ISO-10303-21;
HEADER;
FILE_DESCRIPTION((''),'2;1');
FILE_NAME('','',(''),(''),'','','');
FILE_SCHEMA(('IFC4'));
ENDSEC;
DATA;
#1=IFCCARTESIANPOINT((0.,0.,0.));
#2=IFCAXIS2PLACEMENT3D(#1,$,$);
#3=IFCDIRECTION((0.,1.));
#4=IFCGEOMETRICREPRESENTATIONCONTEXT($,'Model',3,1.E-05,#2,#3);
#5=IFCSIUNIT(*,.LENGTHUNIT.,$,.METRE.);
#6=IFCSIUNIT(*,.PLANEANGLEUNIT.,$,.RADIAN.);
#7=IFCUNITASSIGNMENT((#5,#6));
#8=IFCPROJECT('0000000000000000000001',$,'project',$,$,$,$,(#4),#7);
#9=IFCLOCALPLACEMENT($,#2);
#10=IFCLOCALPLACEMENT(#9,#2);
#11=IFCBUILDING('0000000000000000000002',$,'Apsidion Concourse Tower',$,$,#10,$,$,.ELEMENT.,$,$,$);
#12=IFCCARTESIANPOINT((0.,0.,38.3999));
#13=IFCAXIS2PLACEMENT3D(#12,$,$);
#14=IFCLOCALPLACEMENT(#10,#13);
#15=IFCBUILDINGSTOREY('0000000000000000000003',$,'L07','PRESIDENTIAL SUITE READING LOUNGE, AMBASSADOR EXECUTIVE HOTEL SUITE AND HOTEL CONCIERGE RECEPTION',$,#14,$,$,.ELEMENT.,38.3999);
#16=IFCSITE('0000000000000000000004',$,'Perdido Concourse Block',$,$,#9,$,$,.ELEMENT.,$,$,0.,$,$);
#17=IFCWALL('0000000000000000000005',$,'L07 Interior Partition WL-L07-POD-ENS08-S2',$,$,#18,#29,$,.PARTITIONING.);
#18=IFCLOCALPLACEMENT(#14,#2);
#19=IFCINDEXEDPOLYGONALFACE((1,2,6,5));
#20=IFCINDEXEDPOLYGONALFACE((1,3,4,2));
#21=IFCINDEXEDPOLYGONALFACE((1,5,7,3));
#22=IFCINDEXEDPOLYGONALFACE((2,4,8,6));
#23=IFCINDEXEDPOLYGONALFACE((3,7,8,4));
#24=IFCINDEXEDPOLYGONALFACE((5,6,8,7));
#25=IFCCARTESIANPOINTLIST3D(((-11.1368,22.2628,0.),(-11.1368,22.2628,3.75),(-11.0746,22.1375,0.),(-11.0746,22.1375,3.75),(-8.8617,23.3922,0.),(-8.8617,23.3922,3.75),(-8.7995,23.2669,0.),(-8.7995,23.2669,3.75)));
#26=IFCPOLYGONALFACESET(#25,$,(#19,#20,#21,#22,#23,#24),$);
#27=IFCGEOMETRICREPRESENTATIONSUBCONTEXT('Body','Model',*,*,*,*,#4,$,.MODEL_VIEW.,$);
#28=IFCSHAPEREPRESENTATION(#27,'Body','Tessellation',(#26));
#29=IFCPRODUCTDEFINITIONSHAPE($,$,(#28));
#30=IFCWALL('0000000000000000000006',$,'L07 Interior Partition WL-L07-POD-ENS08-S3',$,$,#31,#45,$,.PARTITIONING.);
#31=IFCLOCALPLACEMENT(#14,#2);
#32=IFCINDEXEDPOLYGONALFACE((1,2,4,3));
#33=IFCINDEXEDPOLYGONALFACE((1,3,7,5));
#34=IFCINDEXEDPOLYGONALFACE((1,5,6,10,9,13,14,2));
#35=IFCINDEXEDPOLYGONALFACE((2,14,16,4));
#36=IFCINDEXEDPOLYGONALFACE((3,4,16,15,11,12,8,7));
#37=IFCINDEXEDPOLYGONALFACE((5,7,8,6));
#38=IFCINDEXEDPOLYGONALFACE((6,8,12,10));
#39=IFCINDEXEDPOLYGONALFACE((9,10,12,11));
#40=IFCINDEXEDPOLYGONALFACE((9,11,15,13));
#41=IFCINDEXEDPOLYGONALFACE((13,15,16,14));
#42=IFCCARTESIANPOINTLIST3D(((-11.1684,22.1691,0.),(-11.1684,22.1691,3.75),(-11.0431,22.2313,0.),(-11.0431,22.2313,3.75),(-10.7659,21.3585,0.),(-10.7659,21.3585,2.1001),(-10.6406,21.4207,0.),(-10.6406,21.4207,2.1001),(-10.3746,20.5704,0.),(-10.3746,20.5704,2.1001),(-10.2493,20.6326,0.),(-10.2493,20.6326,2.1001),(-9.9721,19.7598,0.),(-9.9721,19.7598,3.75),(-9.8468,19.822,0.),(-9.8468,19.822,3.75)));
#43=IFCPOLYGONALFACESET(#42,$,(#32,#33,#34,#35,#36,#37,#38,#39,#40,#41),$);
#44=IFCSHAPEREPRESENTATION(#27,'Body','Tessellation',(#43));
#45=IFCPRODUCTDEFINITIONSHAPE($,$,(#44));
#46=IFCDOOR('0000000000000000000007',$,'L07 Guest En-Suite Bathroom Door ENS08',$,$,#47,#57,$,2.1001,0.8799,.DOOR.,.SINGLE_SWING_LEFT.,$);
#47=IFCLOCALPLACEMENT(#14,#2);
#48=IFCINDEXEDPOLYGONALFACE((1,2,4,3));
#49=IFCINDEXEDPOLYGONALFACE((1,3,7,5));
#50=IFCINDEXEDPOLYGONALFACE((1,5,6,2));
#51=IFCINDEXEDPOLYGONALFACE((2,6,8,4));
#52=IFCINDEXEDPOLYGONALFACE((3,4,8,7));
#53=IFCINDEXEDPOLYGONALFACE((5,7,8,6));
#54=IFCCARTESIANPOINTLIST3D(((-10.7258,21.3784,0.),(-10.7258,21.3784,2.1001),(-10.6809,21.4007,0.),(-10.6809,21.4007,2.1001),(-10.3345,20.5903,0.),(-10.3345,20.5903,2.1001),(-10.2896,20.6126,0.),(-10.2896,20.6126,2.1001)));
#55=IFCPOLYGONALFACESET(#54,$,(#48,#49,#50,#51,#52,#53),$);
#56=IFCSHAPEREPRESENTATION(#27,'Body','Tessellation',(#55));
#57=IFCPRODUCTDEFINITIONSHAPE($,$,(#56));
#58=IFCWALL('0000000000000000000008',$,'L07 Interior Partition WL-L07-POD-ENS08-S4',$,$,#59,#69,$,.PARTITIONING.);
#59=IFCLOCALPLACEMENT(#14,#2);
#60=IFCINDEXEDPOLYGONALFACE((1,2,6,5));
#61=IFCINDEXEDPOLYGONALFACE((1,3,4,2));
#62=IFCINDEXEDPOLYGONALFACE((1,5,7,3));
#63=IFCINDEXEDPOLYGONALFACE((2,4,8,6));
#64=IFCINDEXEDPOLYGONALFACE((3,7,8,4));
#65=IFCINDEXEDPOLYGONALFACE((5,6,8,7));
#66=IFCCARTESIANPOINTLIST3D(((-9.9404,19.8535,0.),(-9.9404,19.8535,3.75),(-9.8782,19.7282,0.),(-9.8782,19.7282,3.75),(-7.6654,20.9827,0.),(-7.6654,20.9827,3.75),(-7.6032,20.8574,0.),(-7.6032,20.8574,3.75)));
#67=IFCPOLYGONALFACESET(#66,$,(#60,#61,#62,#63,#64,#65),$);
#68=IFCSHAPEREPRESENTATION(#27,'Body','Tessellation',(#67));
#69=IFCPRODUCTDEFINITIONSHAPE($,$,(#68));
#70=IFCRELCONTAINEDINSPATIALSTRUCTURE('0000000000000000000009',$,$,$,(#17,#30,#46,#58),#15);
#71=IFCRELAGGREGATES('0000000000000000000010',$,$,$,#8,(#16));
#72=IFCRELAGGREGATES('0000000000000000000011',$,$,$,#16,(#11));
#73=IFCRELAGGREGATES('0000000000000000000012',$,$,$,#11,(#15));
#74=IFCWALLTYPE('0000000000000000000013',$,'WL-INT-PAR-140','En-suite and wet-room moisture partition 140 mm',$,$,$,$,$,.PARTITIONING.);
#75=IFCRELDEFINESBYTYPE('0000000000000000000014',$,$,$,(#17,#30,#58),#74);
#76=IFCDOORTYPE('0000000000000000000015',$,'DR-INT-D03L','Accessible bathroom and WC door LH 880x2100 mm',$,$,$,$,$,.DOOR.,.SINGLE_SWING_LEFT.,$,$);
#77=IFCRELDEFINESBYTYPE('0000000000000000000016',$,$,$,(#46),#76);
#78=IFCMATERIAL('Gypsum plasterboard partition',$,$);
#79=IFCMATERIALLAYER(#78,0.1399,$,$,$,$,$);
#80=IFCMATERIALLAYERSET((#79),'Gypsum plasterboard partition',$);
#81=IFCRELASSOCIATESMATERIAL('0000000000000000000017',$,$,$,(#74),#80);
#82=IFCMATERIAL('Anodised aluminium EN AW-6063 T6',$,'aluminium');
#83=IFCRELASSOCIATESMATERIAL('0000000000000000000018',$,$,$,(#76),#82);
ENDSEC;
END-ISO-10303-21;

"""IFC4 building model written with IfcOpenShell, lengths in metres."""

from ifc_helpers import new_model, si_unit, direction, frame, frame_2d, origin, place, context, subcontext, project, spatial, rectangle, extrude, material, layer, layer_set, type_object, element, fill, save


model = new_model("IFC4")

# Units and contexts
model_context = context("Model", 3, precision=1e-05, world=origin(), true_north=direction((0.0, 1.0)))
body_context = subcontext(model_context, "Body", "Model", "MODEL_VIEW")
ifc_project = project(units=[si_unit("LENGTHUNIT", "METRE"), si_unit("PLANEANGLEUNIT", "RADIAN")], contexts=[model_context])

# Site, building, storey
site_placement = place(None, origin())
site = spatial("IfcSite", under=ifc_project, at=site_placement, Name="Perdido Concourse Block", CompositionType="ELEMENT", RefElevation=0.0)
building_placement = place(site_placement, origin())
building = spatial("IfcBuilding", under=site, at=building_placement, Name="Apsidion Concourse Tower", CompositionType="ELEMENT")
storey_placement = place(building_placement, frame((0.0, 0.0, 38.3999)))
storey = spatial("IfcBuildingStorey", under=building, at=storey_placement, Name="L07", Description="PRESIDENTIAL SUITE READING LOUNGE, AMBASSADOR EXECUTIVE HOTEL SUITE AND HOTEL CONCIERGE RECEPTION", CompositionType="ELEMENT", Elevation=38.3999)

# Shared definitions
ifc_material_1 = material(Name="Gypsum plasterboard partition")
ifc_layer_1 = layer(ifc_material_1, 0.1399)
ifc_layer_set_1 = layer_set([ifc_layer_1], Name="Gypsum plasterboard partition")
wall_type_1 = type_object("IfcWallType", Name="WL-INT-PAR-140", Description="En-suite and wet-room moisture partition 140 mm", PredefinedType="PARTITIONING", material=ifc_layer_set_1)
ifc_material_2 = material(Name="Anodised aluminium EN AW-6063 T6", Category="aluminium")

# Wall
wall_1_placement = place(storey_placement, frame((-8.8306, 23.3296, 0.0), z_axis=(0.0, 0.0, 1.0), x_axis=(-0.895711, -0.444636, 0.0)))
element("IfcWall", 1, at=wall_1_placement, inside=storey, type_object=wall_type_1, Name="L07 Interior Partition WL-L07-POD-ENS08-S2", PredefinedType="PARTITIONING", context=body_context, shape_type="SweptSolid", body=[
    extrude(rectangle(XDim=2.54, YDim=0.1399, at=frame_2d((1.27, 0.0))), origin(), (0.0, 0.0, 1.0), 3.75),
])

# Wall, opening, door
wall_2_placement = place(storey_placement, frame((-11.1057, 22.2002, 0.0), z_axis=(0.0, 0.0, 1.0), x_axis=(0.444707, -0.895676, 0.0)))
wall_2 = element("IfcWall", 2, at=wall_2_placement, inside=storey, type_object=wall_type_1, Name="L07 Interior Partition WL-L07-POD-ENS08-S3", PredefinedType="PARTITIONING", context=body_context, shape_type="SweptSolid", body=[
    extrude(rectangle(XDim=2.6899, YDim=0.1399, at=frame_2d((1.345, 0.0))), origin(), (0.0, 0.0, 1.0), 3.75),
])
opening_1_placement = place(wall_2_placement, frame((0.905, 0.0, 0.0)))
opening_1 = element("IfcOpeningElement", 3, at=opening_1_placement, cuts=wall_2, PredefinedType="OPENING", context=body_context, shape_type="SweptSolid", body=[
    extrude(rectangle(XDim=0.8799, YDim=2.1001, at=frame_2d((0.4399, 1.05))), frame((0.0, 0.0801, 0.0), z_axis=(0.0, -1.0, 0.0), x_axis=(1.0, 0.0, 0.0)), (0.0, 0.0, 1.0), 0.1599),
])
door_type_1 = type_object("IfcDoorType", Name="DR-INT-D03L", Description="Accessible bathroom and WC door LH 880x2100 mm", OperationType="SINGLE_SWING_LEFT", PredefinedType="DOOR", material=ifc_material_2)
door_1_placement = place(opening_1_placement, origin())
door_1 = element("IfcDoor", 4, at=door_1_placement, inside=storey, type_object=door_type_1, Name="L07 Guest En-Suite Bathroom Door ENS08", OperationType="SINGLE_SWING_LEFT", OverallHeight=2.1001, OverallWidth=0.8799, PredefinedType="DOOR", context=body_context, shape_type="SweptSolid", body=[
    extrude(rectangle(XDim=0.8799, YDim=2.1001, at=frame_2d((0.4399, 1.05))), frame((0.0, 0.0249, 0.0), z_axis=(0.0, -1.0, 0.0), x_axis=(1.0, 0.0, 0.0)), (0.0, 0.0, 1.0), 0.05),
])
fill(opening_1, door_1)

# Wall
wall_3_placement = place(storey_placement, frame((-9.9094, 19.7908, 0.0), z_axis=(0.0, 0.0, 1.0), x_axis=(0.895731, 0.444597, 0.0)))
element("IfcWall", 5, at=wall_3_placement, inside=storey, type_object=wall_type_1, Name="L07 Interior Partition WL-L07-POD-ENS08-S4", PredefinedType="PARTITIONING", context=body_context, shape_type="SweptSolid", body=[
    extrude(rectangle(XDim=2.5398, YDim=0.1399, at=frame_2d((1.27, 0.0))), origin(), (0.0, 0.0, 1.0), 3.75),
])

save(model, "model.ifc")
